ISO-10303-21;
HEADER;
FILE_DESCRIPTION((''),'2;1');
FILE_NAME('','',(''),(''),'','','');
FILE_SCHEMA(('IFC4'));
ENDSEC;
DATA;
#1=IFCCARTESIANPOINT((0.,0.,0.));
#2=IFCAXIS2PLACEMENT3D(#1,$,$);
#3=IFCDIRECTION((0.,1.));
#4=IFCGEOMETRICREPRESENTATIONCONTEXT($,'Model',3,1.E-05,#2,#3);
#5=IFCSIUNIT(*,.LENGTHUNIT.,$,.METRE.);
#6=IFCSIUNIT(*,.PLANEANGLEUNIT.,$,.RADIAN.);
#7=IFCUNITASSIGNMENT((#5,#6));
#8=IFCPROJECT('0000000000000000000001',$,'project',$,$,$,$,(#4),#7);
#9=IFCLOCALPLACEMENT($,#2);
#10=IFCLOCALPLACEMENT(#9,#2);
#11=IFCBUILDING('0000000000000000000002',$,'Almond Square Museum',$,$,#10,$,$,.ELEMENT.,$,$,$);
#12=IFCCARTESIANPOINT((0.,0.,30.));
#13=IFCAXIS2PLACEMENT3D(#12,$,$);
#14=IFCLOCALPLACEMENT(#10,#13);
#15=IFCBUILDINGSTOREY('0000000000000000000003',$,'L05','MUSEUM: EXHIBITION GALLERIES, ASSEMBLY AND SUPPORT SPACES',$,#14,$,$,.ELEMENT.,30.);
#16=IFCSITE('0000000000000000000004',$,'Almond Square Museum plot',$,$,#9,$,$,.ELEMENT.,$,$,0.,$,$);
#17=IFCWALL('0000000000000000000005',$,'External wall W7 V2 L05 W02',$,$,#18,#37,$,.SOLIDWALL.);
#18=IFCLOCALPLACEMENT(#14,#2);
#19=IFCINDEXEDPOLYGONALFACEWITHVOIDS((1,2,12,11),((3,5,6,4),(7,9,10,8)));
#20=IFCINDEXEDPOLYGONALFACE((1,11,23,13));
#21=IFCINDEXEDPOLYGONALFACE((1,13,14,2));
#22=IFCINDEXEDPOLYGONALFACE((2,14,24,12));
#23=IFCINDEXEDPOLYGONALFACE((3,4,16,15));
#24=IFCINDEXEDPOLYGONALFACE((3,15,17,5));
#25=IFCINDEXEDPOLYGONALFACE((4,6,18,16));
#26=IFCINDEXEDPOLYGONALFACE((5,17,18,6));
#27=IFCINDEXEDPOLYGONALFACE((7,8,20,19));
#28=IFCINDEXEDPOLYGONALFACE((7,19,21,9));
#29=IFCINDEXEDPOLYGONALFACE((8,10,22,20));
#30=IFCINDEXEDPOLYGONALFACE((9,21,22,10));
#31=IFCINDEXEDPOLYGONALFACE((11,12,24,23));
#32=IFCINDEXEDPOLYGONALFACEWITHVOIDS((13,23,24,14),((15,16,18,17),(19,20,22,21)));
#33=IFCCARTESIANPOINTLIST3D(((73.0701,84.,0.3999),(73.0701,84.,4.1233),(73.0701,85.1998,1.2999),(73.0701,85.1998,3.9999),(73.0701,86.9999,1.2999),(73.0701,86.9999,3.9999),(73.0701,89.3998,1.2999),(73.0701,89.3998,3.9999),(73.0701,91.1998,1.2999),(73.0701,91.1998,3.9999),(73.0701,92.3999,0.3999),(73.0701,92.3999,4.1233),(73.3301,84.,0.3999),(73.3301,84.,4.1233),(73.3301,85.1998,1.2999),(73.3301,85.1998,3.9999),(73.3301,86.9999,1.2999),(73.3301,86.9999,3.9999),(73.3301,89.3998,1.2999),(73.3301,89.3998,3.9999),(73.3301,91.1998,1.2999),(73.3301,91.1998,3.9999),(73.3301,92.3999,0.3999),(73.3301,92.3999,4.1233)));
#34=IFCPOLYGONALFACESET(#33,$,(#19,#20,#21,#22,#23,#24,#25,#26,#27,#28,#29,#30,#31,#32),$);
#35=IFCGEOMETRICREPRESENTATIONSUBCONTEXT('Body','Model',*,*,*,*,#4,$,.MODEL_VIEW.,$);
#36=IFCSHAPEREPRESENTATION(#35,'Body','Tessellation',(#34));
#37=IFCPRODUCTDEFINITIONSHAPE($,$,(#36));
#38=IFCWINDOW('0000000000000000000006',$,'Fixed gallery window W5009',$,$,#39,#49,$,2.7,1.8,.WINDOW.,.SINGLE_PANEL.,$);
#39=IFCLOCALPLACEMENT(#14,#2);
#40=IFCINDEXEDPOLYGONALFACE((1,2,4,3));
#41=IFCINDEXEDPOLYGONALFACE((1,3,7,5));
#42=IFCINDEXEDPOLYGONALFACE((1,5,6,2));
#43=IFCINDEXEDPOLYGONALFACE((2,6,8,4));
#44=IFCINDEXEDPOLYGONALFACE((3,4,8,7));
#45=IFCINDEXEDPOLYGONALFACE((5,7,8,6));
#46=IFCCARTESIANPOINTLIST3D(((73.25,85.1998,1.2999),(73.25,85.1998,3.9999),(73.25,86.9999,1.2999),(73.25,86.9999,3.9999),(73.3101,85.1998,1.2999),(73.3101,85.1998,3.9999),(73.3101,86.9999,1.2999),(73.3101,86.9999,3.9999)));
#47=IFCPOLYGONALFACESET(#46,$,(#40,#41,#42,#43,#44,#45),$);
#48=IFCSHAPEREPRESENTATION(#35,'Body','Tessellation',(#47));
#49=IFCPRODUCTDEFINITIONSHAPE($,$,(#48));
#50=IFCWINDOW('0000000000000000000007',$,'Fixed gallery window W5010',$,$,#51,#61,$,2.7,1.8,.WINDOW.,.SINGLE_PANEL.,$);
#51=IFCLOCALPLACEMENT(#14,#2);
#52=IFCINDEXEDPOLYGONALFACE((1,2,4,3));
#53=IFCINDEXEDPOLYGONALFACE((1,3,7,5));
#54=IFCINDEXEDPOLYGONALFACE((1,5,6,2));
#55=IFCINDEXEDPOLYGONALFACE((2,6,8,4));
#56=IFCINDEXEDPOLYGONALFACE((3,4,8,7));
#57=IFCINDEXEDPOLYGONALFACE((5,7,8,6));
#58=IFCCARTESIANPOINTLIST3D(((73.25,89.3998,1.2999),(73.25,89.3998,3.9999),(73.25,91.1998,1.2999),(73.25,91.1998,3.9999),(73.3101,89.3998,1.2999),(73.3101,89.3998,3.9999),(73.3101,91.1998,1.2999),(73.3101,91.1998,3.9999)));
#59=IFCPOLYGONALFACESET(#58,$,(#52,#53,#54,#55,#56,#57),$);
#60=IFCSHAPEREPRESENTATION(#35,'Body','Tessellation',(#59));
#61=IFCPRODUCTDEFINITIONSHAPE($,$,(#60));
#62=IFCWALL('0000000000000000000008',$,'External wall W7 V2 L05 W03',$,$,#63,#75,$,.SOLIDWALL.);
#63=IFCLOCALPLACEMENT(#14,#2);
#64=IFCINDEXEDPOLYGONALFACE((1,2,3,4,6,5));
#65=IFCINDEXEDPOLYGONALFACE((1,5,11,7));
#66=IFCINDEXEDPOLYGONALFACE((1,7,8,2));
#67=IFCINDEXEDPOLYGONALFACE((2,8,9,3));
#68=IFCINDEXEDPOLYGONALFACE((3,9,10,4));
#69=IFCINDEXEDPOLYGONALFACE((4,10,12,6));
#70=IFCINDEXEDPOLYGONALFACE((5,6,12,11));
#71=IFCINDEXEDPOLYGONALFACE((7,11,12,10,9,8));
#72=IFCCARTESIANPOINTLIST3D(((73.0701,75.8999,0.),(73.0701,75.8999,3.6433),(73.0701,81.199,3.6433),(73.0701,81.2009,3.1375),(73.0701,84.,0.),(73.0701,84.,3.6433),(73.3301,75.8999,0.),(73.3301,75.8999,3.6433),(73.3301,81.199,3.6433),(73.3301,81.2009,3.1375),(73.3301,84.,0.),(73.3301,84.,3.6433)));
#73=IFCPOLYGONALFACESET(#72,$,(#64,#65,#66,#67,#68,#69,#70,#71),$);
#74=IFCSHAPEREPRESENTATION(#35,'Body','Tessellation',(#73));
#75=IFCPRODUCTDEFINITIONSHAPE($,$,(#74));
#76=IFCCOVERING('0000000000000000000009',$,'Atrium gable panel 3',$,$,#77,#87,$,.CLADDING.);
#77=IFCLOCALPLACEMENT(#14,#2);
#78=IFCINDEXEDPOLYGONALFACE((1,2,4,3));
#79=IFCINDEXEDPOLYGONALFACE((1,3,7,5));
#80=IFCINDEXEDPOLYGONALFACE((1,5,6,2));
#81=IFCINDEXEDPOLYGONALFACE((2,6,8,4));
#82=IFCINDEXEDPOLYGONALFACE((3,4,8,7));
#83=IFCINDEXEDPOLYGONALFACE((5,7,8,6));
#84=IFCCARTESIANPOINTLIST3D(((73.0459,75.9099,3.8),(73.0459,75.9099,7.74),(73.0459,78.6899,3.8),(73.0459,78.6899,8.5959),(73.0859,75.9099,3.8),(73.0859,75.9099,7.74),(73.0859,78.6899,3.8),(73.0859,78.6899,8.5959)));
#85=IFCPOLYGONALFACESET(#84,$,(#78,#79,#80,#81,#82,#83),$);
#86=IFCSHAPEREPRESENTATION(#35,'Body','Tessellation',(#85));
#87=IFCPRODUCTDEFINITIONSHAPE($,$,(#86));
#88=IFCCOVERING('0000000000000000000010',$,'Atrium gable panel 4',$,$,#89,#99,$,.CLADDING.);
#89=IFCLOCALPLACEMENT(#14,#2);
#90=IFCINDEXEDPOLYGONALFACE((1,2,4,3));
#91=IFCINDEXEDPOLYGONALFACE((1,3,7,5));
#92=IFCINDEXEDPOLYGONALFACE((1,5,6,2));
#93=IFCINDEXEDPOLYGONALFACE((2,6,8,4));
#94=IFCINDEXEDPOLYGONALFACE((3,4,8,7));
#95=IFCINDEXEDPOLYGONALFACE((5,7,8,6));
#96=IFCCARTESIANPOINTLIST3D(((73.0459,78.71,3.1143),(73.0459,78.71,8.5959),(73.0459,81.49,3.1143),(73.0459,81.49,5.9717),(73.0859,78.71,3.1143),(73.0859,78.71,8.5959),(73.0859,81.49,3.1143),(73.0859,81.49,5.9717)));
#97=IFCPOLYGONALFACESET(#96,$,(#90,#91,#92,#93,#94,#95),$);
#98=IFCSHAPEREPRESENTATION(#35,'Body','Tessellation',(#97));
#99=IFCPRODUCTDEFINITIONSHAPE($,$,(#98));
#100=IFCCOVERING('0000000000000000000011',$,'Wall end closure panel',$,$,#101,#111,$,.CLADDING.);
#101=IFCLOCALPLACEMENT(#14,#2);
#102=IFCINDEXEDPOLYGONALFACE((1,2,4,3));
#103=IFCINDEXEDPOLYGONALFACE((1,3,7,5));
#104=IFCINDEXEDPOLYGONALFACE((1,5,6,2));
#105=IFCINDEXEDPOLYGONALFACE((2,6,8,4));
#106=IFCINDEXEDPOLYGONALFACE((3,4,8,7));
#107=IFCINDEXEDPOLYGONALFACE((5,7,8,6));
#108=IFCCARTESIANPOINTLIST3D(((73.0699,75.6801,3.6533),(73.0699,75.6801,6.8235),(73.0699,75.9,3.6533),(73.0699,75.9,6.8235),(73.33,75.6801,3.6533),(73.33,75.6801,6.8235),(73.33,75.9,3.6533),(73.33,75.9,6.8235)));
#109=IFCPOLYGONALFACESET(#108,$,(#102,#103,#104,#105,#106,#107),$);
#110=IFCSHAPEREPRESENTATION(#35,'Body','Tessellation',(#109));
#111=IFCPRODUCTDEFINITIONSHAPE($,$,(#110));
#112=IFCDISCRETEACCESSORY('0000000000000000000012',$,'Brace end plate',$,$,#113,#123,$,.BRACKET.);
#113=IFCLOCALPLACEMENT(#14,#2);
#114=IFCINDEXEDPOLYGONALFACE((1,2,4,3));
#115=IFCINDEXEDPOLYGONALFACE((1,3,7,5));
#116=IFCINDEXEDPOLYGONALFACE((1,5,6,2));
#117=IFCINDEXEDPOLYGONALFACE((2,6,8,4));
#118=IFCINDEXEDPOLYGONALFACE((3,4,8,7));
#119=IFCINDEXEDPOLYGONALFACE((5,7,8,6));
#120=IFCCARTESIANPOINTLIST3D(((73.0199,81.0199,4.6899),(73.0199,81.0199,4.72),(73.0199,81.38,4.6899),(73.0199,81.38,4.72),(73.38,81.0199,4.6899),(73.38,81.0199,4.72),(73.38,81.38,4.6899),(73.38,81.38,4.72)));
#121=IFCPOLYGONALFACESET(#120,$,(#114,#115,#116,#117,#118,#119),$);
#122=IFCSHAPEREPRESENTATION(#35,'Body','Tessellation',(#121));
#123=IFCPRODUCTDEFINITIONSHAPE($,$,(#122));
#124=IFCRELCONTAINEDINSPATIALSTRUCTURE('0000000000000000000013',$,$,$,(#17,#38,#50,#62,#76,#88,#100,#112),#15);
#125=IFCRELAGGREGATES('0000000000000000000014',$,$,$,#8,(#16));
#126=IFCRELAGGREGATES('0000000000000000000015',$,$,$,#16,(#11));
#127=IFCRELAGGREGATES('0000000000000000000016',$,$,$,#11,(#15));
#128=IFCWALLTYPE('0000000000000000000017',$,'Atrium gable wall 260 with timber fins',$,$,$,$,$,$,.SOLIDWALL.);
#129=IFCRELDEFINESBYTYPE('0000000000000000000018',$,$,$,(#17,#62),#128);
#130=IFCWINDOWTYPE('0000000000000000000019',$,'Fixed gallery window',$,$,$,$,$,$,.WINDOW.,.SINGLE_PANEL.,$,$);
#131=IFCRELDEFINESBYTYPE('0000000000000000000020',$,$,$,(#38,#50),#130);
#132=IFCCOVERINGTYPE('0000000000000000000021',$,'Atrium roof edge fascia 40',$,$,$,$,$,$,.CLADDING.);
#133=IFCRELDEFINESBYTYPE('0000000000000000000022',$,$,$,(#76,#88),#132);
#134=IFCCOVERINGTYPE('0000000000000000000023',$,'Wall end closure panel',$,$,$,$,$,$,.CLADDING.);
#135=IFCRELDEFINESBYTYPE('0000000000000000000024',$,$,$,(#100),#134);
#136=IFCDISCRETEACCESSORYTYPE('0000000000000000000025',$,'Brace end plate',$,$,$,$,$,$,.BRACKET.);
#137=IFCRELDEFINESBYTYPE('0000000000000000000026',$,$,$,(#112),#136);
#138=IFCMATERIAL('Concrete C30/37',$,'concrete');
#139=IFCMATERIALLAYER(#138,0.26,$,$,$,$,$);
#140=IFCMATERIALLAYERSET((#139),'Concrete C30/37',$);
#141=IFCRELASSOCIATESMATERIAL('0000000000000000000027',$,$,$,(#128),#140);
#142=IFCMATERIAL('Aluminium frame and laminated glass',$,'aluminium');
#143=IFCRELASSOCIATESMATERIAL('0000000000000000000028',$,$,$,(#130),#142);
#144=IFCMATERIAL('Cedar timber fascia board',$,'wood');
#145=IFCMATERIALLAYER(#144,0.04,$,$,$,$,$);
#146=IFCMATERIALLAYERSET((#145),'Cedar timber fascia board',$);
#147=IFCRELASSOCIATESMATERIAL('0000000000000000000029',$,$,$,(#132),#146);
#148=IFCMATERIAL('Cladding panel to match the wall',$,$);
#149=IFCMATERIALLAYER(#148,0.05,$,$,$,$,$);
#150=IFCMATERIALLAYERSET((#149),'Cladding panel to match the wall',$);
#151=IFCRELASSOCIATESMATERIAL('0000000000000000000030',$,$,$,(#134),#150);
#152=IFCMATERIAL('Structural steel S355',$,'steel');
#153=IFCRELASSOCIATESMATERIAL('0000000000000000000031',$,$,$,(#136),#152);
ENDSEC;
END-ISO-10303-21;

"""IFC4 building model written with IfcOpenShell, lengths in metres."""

from ifc_helpers import new_model, si_unit, direction, frame, frame_2d, origin, origin_2d, place, context, subcontext, project, spatial, polyline, rectangle, outline, extrude, material, layer, layer_set, type_object, element, fill, save


model = new_model("IFC4")

# Units and contexts
model_context = context("Model", 3, precision=1e-05, world=origin(), true_north=direction((0.0, 1.0)))
body_context = subcontext(model_context, "Body", "Model", "MODEL_VIEW")
ifc_project = project(units=[si_unit("LENGTHUNIT", "METRE"), si_unit("PLANEANGLEUNIT", "RADIAN")], contexts=[model_context])

# Site, building, storey
site_placement = place(None, origin())
site = spatial("IfcSite", under=ifc_project, at=site_placement, Name="Almond Square Museum plot", CompositionType="ELEMENT", RefElevation=0.0)
building_placement = place(site_placement, origin())
building = spatial("IfcBuilding", under=site, at=building_placement, Name="Almond Square Museum", CompositionType="ELEMENT")
storey_placement = place(building_placement, frame((0.0, 0.0, 30.0)))
storey = spatial("IfcBuildingStorey", under=building, at=storey_placement, Name="L05", Description="MUSEUM: EXHIBITION GALLERIES, ASSEMBLY AND SUPPORT SPACES", CompositionType="ELEMENT", Elevation=30.0)

# Wall, openings, windows
ifc_material_1 = material(Name="Concrete C30/37", Category="concrete")
ifc_layer_1 = layer(ifc_material_1, 0.26)
ifc_layer_set_1 = layer_set([ifc_layer_1], Name="Concrete C30/37")
wall_type = type_object("IfcWallType", Name="Atrium gable wall 260 with timber fins", PredefinedType="SOLIDWALL", material=ifc_layer_set_1)
wall_1_placement = place(storey_placement, frame((73.2, 84.0, 0.3999), z_axis=(0.0, 0.0, 1.0), x_axis=(0.0, 1.0, 0.0)))
wall_1 = element("IfcWall", 1, at=wall_1_placement, inside=storey, type_object=wall_type, Name="External wall W7 V2 L05 W02", PredefinedType="SOLIDWALL", context=body_context, shape_type="SweptSolid", body=[
    extrude(outline(polyline([(0.0, 0.0), (8.3999, 0.0), (8.3999, 3.7234), (0.0, 3.7234), (0.0, 0.0)])), frame((0.0, 0.1299, 0.0), z_axis=(0.0, -1.0, 0.0), x_axis=(1.0, 0.0, 0.0)), (0.0, 0.0, 1.0), 0.26),
])
opening_1_placement = place(wall_1_placement, frame((1.2, 0.0, 0.8999)))
opening_1 = element("IfcOpeningElement", 2, at=opening_1_placement, cuts=wall_1, PredefinedType="OPENING", context=body_context, shape_type="SweptSolid", body=[
    extrude(rectangle(XDim=1.8, YDim=2.7, at=frame_2d((0.8999, 1.3501))), frame((0.0, 0.1399, 0.0), z_axis=(0.0, -1.0, 0.0), x_axis=(1.0, 0.0, 0.0)), (0.0, 0.0, 1.0), 0.28),
])
opening_2_placement = place(wall_1_placement, frame((5.3999, 0.0, 0.8999)))
opening_2 = element("IfcOpeningElement", 3, at=opening_2_placement, cuts=wall_1, PredefinedType="OPENING", context=body_context, shape_type="SweptSolid", body=[
    extrude(rectangle(XDim=1.8, YDim=2.7, at=frame_2d((0.8999, 1.3501))), frame((0.0, 0.1399, 0.0), z_axis=(0.0, -1.0, 0.0), x_axis=(1.0, 0.0, 0.0)), (0.0, 0.0, 1.0), 0.28),
])
ifc_material_2 = material(Name="Aluminium frame and laminated glass", Category="aluminium")
window_type_1 = type_object("IfcWindowType", Name="Fixed gallery window", PartitioningType="SINGLE_PANEL", PredefinedType="WINDOW", material=ifc_material_2)
window_1_placement = place(opening_1_placement, origin())
window_1 = element("IfcWindow", 4, at=window_1_placement, inside=storey, type_object=window_type_1, Name="Fixed gallery window W5009", OverallHeight=2.7, OverallWidth=1.8, PartitioningType="SINGLE_PANEL", PredefinedType="WINDOW", context=body_context, shape_type="SweptSolid", body=[
    extrude(rectangle(XDim=1.8, YDim=2.7, at=frame_2d((0.8999, 1.3501))), frame((0.0, -0.05, 0.0), z_axis=(0.0, -1.0, 0.0), x_axis=(1.0, 0.0, 0.0)), (0.0, 0.0, 1.0), 0.0601),
])
fill(opening_1, window_1)
window_2_placement = place(opening_2_placement, origin())
window_2 = element("IfcWindow", 5, at=window_2_placement, inside=storey, type_object=window_type_1, Name="Fixed gallery window W5010", OverallHeight=2.7, OverallWidth=1.8, PartitioningType="SINGLE_PANEL", PredefinedType="WINDOW", context=body_context, shape_type="SweptSolid", body=[
    extrude(rectangle(XDim=1.8, YDim=2.7, at=frame_2d((0.8999, 1.3501))), frame((0.0, -0.05, 0.0), z_axis=(0.0, -1.0, 0.0), x_axis=(1.0, 0.0, 0.0)), (0.0, 0.0, 1.0), 0.0601),
])
fill(opening_2, window_2)

# Wall
wall_2_placement = place(storey_placement, frame((73.2, 75.8999, 0.0), z_axis=(0.0, 0.0, 1.0), x_axis=(0.0, 1.0, 0.0)))
element("IfcWall", 6, at=wall_2_placement, inside=storey, type_object=wall_type, Name="External wall W7 V2 L05 W03", PredefinedType="SOLIDWALL", context=body_context, shape_type="SweptSolid", body=[
    extrude(outline(polyline([(0.0, 0.0), (8.1001, 0.0), (8.1001, 3.6433), (5.301, 3.1375), (5.2991, 3.6433), (0.0, 3.6433), (0.0, 0.0)])), frame((0.0, 0.1299, 0.0), z_axis=(0.0, -1.0, 0.0), x_axis=(1.0, 0.0, 0.0)), (0.0, 0.0, 1.0), 0.26),
])

# Coverings
ifc_material_3 = material(Name="Cedar timber fascia board", Category="wood")
ifc_layer_2 = layer(ifc_material_3, 0.04)
ifc_layer_set_2 = layer_set([ifc_layer_2], Name="Cedar timber fascia board")
covering_type_1 = type_object("IfcCoveringType", Name="Atrium roof edge fascia 40", PredefinedType="CLADDING", material=ifc_layer_set_2)
covering_1_placement = place(storey_placement, frame((73.0659, 75.9099, 3.8), z_axis=(1.0, 0.0, 0.0), x_axis=(0.0, 1.0, 0.0)))
element("IfcCovering", 7, at=covering_1_placement, inside=storey, type_object=covering_type_1, Name="Atrium gable panel 3", PredefinedType="CLADDING", context=body_context, shape_type="SweptSolid", body=[
    extrude(outline(polyline([(0.0, 0.0), (2.78, 0.0), (2.78, 4.7959), (0.0, 3.9399), (0.0, 0.0)])), frame((0.0, 0.0, -0.02)), (0.0, 0.0, 1.0), 0.04),
])
covering_2_placement = place(storey_placement, frame((73.0659, 78.71, 3.1143), z_axis=(1.0, 0.0, 0.0), x_axis=(0.0, 1.0, 0.0)))
element("IfcCovering", 8, at=covering_2_placement, inside=storey, type_object=covering_type_1, Name="Atrium gable panel 4", PredefinedType="CLADDING", context=body_context, shape_type="SweptSolid", body=[
    extrude(outline(polyline([(0.0, 0.0), (2.78, 0.0), (2.78, 2.8574), (0.0, 5.4817), (0.0, 0.0)])), frame((0.0, 0.0, -0.02)), (0.0, 0.0, 1.0), 0.04),
])
ifc_material_4 = material(Name="Cladding panel to match the wall")
ifc_layer_3 = layer(ifc_material_4, 0.05)
ifc_layer_set_3 = layer_set([ifc_layer_3], Name="Cladding panel to match the wall")
covering_type_2 = type_object("IfcCoveringType", Name="Wall end closure panel", PredefinedType="CLADDING", material=ifc_layer_set_3)
covering_3_placement = place(storey_placement, frame((73.2, 75.79, 3.6533), z_axis=(0.0, 0.0, 1.0), x_axis=(1.0, 0.0, 0.0)))
element("IfcCovering", 9, at=covering_3_placement, inside=storey, type_object=covering_type_2, Name="Wall end closure panel", PredefinedType="CLADDING", context=body_context, shape_type="SweptSolid", body=[
    extrude(rectangle(XDim=0.26, YDim=0.22, at=origin_2d()), origin(), (0.0, 0.0, 1.0), 3.1702),
])

# Discrete accessory
ifc_material_5 = material(Name="Structural steel S355", Category="steel")
discrete_accessory_type = type_object("IfcDiscreteAccessoryType", Name="Brace end plate", PredefinedType="BRACKET", material=ifc_material_5)
discrete_accessory_placement = place(storey_placement, frame((73.2, 81.2, 4.6899), z_axis=(0.0, 0.0, 1.0), x_axis=(1.0, 0.0, 0.0)))
element("IfcDiscreteAccessory", 10, at=discrete_accessory_placement, inside=storey, type_object=discrete_accessory_type, Name="Brace end plate", PredefinedType="BRACKET", context=body_context, shape_type="SweptSolid", body=[
    extrude(rectangle(XDim=0.3601, YDim=0.3601, at=origin_2d()), origin(), (0.0, 0.0, 1.0), 0.03),
])

save(model, "model.ifc")
